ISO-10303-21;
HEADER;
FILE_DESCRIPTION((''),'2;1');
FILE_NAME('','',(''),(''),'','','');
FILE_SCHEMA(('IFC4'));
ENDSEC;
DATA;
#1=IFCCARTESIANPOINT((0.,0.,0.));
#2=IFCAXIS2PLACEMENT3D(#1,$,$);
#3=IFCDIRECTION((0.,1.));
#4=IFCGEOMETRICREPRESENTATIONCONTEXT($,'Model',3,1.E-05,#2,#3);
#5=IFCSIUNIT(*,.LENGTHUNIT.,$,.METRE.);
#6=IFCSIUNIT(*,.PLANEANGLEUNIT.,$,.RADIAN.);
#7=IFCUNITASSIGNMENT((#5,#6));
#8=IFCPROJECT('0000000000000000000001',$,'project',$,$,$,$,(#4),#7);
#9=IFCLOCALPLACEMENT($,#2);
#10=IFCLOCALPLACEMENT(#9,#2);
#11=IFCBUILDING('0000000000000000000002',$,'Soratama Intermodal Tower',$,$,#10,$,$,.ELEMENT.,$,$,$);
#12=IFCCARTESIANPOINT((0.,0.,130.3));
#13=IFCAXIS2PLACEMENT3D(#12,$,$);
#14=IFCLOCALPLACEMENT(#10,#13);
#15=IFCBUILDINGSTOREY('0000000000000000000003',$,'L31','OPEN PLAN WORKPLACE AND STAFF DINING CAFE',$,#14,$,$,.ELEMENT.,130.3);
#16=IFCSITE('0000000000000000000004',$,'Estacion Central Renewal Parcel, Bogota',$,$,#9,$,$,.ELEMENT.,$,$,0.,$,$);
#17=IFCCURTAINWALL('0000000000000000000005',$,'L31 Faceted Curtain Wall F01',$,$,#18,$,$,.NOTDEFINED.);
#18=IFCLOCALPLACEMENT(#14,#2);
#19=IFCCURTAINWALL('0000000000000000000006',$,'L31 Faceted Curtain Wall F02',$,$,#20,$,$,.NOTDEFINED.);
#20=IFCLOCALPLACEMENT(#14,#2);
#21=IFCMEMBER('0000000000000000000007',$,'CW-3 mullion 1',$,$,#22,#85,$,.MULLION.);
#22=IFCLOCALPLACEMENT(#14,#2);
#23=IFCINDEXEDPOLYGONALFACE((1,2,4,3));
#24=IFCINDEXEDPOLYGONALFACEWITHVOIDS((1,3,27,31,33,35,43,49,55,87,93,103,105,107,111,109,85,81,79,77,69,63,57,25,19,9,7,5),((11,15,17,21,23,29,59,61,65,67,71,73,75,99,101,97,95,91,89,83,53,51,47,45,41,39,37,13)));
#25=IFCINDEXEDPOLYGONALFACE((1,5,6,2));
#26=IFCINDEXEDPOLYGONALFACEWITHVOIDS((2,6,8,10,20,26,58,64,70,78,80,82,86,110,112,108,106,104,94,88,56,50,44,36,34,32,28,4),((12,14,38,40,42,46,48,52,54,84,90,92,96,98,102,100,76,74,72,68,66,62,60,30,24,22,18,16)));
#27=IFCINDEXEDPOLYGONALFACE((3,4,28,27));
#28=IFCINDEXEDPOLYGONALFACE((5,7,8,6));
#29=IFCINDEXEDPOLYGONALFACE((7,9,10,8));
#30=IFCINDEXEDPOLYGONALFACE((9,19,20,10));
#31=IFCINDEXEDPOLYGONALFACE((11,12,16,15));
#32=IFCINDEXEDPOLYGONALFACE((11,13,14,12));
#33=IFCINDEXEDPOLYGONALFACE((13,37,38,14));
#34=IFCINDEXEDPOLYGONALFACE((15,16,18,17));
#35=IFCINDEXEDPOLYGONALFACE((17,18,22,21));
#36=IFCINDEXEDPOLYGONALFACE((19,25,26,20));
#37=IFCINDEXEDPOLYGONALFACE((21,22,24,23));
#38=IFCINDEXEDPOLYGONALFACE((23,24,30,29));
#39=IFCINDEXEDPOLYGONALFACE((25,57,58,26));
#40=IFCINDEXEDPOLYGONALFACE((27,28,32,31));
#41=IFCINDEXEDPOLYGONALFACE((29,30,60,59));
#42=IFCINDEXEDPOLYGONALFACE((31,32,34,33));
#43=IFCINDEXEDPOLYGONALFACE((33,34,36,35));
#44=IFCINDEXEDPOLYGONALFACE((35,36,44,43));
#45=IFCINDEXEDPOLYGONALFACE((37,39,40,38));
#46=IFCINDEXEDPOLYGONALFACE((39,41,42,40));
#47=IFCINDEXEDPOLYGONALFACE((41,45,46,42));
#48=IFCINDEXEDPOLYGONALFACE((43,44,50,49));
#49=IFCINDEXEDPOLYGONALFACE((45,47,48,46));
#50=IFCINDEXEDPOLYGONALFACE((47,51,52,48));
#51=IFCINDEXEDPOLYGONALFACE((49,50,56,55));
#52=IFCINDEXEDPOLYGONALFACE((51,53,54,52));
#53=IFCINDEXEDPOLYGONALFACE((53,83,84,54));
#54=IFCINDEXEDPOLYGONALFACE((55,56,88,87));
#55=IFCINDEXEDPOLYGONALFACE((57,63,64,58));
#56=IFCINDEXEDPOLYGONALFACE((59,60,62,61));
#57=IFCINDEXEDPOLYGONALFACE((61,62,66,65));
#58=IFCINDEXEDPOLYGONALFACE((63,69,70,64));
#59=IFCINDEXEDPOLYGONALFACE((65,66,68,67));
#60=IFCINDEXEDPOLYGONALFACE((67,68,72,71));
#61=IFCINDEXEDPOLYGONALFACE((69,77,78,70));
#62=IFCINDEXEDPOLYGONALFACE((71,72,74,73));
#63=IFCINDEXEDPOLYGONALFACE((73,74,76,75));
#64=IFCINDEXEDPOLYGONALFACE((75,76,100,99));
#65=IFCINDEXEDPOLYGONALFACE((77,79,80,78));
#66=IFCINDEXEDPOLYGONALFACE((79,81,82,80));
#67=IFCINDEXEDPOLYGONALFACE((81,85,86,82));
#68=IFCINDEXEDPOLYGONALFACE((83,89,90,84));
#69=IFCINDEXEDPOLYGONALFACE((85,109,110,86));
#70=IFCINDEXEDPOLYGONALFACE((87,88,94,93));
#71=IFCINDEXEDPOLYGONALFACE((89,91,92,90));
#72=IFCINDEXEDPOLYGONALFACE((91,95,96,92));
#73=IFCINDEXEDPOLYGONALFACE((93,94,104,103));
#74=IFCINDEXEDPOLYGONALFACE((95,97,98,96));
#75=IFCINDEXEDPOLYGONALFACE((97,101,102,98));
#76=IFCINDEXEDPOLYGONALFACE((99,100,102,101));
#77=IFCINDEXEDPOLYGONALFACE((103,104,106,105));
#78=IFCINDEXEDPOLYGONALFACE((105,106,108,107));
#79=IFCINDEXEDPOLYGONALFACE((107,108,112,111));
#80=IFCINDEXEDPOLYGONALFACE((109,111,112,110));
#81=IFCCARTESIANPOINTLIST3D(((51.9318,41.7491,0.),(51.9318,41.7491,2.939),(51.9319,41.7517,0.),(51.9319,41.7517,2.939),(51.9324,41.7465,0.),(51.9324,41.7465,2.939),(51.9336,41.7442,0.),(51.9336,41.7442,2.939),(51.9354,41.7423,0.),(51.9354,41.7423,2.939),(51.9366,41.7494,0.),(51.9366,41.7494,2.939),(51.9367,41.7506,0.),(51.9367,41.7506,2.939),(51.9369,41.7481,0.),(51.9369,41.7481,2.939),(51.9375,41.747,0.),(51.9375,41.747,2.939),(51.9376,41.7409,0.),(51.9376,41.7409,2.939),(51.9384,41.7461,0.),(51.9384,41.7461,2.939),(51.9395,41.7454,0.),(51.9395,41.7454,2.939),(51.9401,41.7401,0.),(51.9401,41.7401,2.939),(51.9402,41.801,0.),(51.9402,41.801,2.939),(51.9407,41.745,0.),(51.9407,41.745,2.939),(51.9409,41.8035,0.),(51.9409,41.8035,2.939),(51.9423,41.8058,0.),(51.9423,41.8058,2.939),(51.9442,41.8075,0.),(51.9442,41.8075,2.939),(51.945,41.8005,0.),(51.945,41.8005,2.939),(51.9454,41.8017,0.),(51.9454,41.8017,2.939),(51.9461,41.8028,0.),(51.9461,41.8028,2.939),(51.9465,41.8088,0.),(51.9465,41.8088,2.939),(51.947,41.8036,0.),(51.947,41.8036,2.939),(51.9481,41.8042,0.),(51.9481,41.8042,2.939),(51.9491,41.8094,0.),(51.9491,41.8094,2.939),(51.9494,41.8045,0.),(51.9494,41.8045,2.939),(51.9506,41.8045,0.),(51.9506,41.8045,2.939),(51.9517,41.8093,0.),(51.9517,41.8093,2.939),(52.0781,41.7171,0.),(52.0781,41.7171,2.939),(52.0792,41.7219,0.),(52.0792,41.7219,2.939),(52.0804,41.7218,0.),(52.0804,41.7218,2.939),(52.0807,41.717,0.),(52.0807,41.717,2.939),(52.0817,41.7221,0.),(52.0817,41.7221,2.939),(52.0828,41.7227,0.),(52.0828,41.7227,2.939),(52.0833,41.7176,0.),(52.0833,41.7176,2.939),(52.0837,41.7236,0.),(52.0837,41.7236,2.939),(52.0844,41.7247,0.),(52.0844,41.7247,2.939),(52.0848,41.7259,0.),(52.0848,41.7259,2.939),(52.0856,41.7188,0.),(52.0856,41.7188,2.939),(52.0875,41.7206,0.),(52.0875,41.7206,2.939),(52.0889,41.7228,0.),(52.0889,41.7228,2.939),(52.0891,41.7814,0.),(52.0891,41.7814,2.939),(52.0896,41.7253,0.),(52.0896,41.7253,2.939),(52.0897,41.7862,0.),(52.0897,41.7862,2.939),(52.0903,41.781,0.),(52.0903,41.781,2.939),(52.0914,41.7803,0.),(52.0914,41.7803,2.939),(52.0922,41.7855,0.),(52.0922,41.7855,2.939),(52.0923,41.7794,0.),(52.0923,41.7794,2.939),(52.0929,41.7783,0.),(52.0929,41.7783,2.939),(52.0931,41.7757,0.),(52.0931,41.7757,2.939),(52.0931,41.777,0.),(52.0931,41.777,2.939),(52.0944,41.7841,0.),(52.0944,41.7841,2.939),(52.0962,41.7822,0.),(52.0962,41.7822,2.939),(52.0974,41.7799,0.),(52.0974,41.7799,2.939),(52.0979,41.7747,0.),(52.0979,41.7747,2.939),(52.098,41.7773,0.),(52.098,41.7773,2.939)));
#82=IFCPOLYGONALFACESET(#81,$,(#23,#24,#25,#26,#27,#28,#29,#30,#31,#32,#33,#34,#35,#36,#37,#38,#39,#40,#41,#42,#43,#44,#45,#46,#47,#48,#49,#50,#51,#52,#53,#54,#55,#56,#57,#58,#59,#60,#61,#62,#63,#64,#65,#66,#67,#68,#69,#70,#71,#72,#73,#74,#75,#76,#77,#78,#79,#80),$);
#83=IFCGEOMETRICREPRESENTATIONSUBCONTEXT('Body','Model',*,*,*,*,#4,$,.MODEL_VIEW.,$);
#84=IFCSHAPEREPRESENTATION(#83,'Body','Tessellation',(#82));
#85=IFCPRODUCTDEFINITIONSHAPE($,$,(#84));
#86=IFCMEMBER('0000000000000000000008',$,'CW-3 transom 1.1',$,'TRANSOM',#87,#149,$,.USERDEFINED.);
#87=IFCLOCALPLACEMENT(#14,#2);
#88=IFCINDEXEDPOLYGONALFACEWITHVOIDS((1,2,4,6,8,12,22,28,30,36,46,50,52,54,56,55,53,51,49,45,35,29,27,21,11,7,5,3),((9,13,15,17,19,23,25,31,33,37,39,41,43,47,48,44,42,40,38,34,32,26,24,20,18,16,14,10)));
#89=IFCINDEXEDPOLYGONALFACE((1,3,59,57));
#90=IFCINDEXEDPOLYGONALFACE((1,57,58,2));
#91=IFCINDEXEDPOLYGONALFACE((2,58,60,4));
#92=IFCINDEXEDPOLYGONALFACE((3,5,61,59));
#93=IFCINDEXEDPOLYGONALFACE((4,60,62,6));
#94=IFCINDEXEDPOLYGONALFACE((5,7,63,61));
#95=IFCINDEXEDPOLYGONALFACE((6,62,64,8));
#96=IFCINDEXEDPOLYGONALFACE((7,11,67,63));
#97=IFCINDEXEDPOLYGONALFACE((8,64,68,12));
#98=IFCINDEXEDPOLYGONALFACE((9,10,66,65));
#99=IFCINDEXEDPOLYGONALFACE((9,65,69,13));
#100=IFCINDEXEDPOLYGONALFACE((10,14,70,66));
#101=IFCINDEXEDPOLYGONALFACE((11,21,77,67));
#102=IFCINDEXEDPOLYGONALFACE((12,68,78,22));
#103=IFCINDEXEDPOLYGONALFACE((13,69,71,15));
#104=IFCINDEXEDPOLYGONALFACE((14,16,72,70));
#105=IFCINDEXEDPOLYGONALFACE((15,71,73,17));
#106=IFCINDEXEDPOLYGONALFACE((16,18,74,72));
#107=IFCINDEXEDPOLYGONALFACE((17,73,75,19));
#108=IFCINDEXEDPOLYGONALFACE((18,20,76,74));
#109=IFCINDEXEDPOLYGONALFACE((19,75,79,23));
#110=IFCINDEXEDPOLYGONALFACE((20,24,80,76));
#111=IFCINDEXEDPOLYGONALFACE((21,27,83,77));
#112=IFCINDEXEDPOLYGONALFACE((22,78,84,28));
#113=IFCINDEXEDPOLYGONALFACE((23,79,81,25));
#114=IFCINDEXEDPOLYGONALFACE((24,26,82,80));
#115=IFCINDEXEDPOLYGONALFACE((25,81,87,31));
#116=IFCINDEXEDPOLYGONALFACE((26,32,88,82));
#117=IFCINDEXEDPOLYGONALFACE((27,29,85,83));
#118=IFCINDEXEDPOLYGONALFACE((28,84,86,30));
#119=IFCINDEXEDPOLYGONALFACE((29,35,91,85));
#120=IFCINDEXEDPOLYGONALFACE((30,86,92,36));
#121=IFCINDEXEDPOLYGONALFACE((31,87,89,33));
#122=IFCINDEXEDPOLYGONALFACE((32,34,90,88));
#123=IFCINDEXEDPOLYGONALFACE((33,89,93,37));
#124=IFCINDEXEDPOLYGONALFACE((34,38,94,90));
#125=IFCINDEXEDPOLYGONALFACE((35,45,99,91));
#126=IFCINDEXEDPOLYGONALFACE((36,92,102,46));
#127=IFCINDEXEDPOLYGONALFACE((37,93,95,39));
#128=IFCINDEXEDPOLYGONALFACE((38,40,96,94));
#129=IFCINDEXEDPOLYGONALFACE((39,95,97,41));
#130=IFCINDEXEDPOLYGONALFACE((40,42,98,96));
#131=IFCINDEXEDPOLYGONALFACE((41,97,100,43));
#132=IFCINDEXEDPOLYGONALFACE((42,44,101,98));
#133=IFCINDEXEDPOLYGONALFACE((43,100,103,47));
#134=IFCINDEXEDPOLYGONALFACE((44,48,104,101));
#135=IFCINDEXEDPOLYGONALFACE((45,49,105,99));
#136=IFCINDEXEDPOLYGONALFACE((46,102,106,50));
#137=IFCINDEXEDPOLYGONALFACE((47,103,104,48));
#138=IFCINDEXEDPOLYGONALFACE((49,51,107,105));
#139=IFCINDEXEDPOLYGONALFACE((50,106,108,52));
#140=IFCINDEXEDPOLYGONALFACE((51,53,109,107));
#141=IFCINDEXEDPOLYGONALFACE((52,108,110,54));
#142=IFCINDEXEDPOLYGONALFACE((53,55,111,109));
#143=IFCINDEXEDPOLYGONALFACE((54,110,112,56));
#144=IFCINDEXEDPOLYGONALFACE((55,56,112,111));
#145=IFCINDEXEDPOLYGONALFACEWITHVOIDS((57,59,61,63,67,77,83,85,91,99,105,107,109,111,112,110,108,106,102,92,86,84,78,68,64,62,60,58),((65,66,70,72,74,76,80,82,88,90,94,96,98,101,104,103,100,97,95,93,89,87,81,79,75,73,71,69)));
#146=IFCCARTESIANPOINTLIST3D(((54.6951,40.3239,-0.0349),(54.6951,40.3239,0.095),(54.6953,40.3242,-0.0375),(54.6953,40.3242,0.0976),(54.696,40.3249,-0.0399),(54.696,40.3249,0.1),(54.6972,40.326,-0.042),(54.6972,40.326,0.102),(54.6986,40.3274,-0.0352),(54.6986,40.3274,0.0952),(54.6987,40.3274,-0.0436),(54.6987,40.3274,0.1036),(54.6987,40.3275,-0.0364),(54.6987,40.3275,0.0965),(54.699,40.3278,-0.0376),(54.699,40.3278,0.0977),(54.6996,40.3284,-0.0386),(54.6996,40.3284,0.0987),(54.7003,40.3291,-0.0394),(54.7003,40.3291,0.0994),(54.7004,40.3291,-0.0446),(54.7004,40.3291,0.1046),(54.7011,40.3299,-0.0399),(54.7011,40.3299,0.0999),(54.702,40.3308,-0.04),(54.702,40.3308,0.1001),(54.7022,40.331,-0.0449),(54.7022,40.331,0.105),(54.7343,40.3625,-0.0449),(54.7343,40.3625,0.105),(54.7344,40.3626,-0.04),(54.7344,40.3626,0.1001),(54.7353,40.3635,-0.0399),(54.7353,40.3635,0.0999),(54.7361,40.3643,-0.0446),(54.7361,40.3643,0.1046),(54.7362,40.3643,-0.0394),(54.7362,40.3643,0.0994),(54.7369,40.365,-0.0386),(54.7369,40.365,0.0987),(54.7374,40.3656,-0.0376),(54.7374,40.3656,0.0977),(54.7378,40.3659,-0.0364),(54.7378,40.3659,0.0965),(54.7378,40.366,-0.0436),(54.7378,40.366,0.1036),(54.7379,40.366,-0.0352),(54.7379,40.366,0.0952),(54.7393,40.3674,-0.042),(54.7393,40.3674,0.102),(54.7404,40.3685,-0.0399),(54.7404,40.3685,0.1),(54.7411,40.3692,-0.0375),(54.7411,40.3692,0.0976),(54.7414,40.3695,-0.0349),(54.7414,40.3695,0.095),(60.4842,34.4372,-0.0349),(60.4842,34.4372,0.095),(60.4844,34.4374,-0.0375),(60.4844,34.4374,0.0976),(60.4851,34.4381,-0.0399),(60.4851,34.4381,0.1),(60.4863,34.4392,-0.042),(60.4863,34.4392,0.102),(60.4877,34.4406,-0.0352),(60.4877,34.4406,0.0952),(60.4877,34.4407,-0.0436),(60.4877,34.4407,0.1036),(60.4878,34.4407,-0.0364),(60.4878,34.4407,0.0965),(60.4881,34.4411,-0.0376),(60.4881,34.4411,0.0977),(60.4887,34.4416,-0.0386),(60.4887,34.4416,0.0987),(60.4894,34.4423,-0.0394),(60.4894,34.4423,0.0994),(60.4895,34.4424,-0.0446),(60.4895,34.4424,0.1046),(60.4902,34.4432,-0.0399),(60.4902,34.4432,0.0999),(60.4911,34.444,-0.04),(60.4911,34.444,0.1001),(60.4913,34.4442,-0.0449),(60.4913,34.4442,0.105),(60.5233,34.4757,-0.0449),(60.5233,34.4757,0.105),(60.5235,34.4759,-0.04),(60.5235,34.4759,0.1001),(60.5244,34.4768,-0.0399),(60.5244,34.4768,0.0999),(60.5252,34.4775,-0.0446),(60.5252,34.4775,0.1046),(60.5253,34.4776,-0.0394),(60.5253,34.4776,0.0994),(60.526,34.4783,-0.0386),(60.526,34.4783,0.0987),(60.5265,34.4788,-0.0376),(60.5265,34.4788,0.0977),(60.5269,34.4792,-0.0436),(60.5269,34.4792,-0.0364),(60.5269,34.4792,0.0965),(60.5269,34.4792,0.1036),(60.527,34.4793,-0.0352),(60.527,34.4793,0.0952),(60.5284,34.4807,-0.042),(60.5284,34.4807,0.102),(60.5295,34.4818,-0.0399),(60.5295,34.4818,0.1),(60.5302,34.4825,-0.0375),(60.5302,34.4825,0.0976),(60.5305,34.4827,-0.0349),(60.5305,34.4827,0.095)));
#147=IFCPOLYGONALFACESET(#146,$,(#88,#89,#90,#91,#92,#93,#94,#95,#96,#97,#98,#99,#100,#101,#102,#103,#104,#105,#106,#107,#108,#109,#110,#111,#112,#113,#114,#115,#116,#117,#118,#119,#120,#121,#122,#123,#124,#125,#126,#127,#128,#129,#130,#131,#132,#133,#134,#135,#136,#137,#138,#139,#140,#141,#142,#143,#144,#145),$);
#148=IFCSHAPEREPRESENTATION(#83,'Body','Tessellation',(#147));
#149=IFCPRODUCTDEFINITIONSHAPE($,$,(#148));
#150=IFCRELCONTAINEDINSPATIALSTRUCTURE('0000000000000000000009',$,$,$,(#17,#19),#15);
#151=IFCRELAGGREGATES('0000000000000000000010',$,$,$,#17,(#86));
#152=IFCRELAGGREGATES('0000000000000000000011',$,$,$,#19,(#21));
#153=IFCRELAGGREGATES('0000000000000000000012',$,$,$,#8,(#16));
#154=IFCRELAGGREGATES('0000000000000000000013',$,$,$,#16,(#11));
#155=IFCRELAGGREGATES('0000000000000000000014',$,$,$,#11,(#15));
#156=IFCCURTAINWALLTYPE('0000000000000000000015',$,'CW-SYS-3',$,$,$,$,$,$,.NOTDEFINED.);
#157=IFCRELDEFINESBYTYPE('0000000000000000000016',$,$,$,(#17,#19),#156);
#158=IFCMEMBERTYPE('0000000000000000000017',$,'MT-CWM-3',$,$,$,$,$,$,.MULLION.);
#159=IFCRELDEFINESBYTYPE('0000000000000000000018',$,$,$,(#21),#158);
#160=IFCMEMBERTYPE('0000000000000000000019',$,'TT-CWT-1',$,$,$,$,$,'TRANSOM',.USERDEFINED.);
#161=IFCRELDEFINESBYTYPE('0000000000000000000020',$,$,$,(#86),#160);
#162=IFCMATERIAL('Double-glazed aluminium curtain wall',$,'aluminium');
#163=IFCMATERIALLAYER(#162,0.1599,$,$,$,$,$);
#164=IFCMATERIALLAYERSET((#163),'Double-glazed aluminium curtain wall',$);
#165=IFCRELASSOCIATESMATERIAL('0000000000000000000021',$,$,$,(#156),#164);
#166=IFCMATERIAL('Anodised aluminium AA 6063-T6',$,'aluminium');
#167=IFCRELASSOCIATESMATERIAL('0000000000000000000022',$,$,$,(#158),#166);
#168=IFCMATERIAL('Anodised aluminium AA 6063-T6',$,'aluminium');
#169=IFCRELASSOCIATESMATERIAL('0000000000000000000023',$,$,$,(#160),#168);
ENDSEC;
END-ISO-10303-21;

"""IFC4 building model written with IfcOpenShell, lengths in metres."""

from ifc_helpers import new_model, si_unit, direction, frame, origin, origin_2d, place, context, subcontext, project, spatial, hollow_rectangle, extrude, material, layer, layer_set, material_profile, profile_set, type_object, element, aggregate, save


model = new_model("IFC4")

# Units and contexts
model_context = context("Model", 3, precision=1e-05, world=origin(), true_north=direction((0.0, 1.0)))
body_context = subcontext(model_context, "Body", "Model", "MODEL_VIEW")
ifc_project = project(units=[si_unit("LENGTHUNIT", "METRE"), si_unit("PLANEANGLEUNIT", "RADIAN")], contexts=[model_context])

# Site, building, storey
site_placement = place(None, origin())
site = spatial("IfcSite", under=ifc_project, at=site_placement, Name="Estacion Central Renewal Parcel, Bogota", CompositionType="ELEMENT", RefElevation=0.0)
building_placement = place(site_placement, origin())
building = spatial("IfcBuilding", under=site, at=building_placement, Name="Soratama Intermodal Tower", CompositionType="ELEMENT")
storey_placement = place(building_placement, frame((0.0, 0.0, 130.3)))
storey = spatial("IfcBuildingStorey", under=building, at=storey_placement, Name="L31", Description="OPEN PLAN WORKPLACE AND STAFF DINING CAFE", CompositionType="ELEMENT", Elevation=130.3)

# Curtain wall
ifc_material_1 = material(Name="Double-glazed aluminium curtain wall", Category="aluminium")
ifc_layer_1 = layer(ifc_material_1, 0.1599)
ifc_layer_set_1 = layer_set([ifc_layer_1], Name="Double-glazed aluminium curtain wall")
curtain_wall_type = type_object("IfcCurtainWallType", Name="CW-SYS-3", PredefinedType="NOTDEFINED", material=ifc_layer_set_1)
curtain_wall_1_placement = place(storey_placement, origin())
curtain_wall_1 = element("IfcCurtainWall", 1, at=curtain_wall_1_placement, inside=storey, type_object=curtain_wall_type, Name="L31 Faceted Curtain Wall F01", PredefinedType="NOTDEFINED")
ifc_material_2 = material(Name="Anodised aluminium AA 6063-T6", Category="aluminium")
ifc_material_profile_1 = material_profile(ifc_material_2, hollow_rectangle(XDim=0.0701, YDim=0.1599, WallThickness=0.0049, InnerFilletRadius=0.0049, OuterFilletRadius=0.01, at=origin_2d()), Name="CWM160X70X5")
ifc_profile_set_1 = profile_set([ifc_material_profile_1], Name="Anodised aluminium AA 6063-T6")
member_type_1 = type_object("IfcMemberType", Name="MT-CWM-3", PredefinedType="MULLION", material=ifc_profile_set_1)

# Curtain wall, member
curtain_wall_2_placement = place(storey_placement, origin())
curtain_wall_2 = element("IfcCurtainWall", 2, at=curtain_wall_2_placement, inside=storey, type_object=curtain_wall_type, Name="L31 Faceted Curtain Wall F02", PredefinedType="NOTDEFINED")
member_1_placement = place(storey_placement, frame((52.0149, 41.7632, 0.0), z_axis=(0.0, 0.0, 1.0), x_axis=(-0.164705, -0.986343, 0.0)))
member_1 = element("IfcMember", 3, at=member_1_placement, type_object=member_type_1, Name="CW-3 mullion 1", PredefinedType="MULLION", context=body_context, shape_type="SweptSolid", body=[
    extrude(hollow_rectangle(XDim=0.0701, YDim=0.1599, WallThickness=0.0049, InnerFilletRadius=0.0049, OuterFilletRadius=0.01, at=origin_2d()), origin(), (0.0, 0.0, 1.0), 2.939),
])

# Member
ifc_material_3 = material(Name="Anodised aluminium AA 6063-T6", Category="aluminium")
ifc_material_profile_2 = material_profile(ifc_material_3, hollow_rectangle(XDim=0.0649, YDim=0.1499, WallThickness=0.0049, InnerFilletRadius=0.0049, OuterFilletRadius=0.01, at=origin_2d()), Name="CWT150X65X5")
ifc_profile_set_2 = profile_set([ifc_material_profile_2], Name="Anodised aluminium AA 6063-T6")
member_type_2 = type_object("IfcMemberType", Name="TT-CWT-1", ElementType="TRANSOM", PredefinedType="USERDEFINED", material=ifc_profile_set_2)
member_2_placement = place(storey_placement, frame((60.5073, 34.46, 0.03), z_axis=(-0.701168, 0.712996, 0.0), x_axis=(-0.712996, -0.701168, 0.0)))
member_2 = element("IfcMember", 4, at=member_2_placement, type_object=member_type_2, Name="CW-3 transom 1.1", ObjectType="TRANSOM", PredefinedType="USERDEFINED", context=body_context, shape_type="SweptSolid", body=[
    extrude(hollow_rectangle(XDim=0.0649, YDim=0.1499, WallThickness=0.0049, InnerFilletRadius=0.0049, OuterFilletRadius=0.01, at=origin_2d()), origin(), (0.0, 0.0, 1.0), 8.2563),
])

aggregate(curtain_wall_1, [member_2])
aggregate(curtain_wall_2, [member_1])

save(model, "model.ifc")
